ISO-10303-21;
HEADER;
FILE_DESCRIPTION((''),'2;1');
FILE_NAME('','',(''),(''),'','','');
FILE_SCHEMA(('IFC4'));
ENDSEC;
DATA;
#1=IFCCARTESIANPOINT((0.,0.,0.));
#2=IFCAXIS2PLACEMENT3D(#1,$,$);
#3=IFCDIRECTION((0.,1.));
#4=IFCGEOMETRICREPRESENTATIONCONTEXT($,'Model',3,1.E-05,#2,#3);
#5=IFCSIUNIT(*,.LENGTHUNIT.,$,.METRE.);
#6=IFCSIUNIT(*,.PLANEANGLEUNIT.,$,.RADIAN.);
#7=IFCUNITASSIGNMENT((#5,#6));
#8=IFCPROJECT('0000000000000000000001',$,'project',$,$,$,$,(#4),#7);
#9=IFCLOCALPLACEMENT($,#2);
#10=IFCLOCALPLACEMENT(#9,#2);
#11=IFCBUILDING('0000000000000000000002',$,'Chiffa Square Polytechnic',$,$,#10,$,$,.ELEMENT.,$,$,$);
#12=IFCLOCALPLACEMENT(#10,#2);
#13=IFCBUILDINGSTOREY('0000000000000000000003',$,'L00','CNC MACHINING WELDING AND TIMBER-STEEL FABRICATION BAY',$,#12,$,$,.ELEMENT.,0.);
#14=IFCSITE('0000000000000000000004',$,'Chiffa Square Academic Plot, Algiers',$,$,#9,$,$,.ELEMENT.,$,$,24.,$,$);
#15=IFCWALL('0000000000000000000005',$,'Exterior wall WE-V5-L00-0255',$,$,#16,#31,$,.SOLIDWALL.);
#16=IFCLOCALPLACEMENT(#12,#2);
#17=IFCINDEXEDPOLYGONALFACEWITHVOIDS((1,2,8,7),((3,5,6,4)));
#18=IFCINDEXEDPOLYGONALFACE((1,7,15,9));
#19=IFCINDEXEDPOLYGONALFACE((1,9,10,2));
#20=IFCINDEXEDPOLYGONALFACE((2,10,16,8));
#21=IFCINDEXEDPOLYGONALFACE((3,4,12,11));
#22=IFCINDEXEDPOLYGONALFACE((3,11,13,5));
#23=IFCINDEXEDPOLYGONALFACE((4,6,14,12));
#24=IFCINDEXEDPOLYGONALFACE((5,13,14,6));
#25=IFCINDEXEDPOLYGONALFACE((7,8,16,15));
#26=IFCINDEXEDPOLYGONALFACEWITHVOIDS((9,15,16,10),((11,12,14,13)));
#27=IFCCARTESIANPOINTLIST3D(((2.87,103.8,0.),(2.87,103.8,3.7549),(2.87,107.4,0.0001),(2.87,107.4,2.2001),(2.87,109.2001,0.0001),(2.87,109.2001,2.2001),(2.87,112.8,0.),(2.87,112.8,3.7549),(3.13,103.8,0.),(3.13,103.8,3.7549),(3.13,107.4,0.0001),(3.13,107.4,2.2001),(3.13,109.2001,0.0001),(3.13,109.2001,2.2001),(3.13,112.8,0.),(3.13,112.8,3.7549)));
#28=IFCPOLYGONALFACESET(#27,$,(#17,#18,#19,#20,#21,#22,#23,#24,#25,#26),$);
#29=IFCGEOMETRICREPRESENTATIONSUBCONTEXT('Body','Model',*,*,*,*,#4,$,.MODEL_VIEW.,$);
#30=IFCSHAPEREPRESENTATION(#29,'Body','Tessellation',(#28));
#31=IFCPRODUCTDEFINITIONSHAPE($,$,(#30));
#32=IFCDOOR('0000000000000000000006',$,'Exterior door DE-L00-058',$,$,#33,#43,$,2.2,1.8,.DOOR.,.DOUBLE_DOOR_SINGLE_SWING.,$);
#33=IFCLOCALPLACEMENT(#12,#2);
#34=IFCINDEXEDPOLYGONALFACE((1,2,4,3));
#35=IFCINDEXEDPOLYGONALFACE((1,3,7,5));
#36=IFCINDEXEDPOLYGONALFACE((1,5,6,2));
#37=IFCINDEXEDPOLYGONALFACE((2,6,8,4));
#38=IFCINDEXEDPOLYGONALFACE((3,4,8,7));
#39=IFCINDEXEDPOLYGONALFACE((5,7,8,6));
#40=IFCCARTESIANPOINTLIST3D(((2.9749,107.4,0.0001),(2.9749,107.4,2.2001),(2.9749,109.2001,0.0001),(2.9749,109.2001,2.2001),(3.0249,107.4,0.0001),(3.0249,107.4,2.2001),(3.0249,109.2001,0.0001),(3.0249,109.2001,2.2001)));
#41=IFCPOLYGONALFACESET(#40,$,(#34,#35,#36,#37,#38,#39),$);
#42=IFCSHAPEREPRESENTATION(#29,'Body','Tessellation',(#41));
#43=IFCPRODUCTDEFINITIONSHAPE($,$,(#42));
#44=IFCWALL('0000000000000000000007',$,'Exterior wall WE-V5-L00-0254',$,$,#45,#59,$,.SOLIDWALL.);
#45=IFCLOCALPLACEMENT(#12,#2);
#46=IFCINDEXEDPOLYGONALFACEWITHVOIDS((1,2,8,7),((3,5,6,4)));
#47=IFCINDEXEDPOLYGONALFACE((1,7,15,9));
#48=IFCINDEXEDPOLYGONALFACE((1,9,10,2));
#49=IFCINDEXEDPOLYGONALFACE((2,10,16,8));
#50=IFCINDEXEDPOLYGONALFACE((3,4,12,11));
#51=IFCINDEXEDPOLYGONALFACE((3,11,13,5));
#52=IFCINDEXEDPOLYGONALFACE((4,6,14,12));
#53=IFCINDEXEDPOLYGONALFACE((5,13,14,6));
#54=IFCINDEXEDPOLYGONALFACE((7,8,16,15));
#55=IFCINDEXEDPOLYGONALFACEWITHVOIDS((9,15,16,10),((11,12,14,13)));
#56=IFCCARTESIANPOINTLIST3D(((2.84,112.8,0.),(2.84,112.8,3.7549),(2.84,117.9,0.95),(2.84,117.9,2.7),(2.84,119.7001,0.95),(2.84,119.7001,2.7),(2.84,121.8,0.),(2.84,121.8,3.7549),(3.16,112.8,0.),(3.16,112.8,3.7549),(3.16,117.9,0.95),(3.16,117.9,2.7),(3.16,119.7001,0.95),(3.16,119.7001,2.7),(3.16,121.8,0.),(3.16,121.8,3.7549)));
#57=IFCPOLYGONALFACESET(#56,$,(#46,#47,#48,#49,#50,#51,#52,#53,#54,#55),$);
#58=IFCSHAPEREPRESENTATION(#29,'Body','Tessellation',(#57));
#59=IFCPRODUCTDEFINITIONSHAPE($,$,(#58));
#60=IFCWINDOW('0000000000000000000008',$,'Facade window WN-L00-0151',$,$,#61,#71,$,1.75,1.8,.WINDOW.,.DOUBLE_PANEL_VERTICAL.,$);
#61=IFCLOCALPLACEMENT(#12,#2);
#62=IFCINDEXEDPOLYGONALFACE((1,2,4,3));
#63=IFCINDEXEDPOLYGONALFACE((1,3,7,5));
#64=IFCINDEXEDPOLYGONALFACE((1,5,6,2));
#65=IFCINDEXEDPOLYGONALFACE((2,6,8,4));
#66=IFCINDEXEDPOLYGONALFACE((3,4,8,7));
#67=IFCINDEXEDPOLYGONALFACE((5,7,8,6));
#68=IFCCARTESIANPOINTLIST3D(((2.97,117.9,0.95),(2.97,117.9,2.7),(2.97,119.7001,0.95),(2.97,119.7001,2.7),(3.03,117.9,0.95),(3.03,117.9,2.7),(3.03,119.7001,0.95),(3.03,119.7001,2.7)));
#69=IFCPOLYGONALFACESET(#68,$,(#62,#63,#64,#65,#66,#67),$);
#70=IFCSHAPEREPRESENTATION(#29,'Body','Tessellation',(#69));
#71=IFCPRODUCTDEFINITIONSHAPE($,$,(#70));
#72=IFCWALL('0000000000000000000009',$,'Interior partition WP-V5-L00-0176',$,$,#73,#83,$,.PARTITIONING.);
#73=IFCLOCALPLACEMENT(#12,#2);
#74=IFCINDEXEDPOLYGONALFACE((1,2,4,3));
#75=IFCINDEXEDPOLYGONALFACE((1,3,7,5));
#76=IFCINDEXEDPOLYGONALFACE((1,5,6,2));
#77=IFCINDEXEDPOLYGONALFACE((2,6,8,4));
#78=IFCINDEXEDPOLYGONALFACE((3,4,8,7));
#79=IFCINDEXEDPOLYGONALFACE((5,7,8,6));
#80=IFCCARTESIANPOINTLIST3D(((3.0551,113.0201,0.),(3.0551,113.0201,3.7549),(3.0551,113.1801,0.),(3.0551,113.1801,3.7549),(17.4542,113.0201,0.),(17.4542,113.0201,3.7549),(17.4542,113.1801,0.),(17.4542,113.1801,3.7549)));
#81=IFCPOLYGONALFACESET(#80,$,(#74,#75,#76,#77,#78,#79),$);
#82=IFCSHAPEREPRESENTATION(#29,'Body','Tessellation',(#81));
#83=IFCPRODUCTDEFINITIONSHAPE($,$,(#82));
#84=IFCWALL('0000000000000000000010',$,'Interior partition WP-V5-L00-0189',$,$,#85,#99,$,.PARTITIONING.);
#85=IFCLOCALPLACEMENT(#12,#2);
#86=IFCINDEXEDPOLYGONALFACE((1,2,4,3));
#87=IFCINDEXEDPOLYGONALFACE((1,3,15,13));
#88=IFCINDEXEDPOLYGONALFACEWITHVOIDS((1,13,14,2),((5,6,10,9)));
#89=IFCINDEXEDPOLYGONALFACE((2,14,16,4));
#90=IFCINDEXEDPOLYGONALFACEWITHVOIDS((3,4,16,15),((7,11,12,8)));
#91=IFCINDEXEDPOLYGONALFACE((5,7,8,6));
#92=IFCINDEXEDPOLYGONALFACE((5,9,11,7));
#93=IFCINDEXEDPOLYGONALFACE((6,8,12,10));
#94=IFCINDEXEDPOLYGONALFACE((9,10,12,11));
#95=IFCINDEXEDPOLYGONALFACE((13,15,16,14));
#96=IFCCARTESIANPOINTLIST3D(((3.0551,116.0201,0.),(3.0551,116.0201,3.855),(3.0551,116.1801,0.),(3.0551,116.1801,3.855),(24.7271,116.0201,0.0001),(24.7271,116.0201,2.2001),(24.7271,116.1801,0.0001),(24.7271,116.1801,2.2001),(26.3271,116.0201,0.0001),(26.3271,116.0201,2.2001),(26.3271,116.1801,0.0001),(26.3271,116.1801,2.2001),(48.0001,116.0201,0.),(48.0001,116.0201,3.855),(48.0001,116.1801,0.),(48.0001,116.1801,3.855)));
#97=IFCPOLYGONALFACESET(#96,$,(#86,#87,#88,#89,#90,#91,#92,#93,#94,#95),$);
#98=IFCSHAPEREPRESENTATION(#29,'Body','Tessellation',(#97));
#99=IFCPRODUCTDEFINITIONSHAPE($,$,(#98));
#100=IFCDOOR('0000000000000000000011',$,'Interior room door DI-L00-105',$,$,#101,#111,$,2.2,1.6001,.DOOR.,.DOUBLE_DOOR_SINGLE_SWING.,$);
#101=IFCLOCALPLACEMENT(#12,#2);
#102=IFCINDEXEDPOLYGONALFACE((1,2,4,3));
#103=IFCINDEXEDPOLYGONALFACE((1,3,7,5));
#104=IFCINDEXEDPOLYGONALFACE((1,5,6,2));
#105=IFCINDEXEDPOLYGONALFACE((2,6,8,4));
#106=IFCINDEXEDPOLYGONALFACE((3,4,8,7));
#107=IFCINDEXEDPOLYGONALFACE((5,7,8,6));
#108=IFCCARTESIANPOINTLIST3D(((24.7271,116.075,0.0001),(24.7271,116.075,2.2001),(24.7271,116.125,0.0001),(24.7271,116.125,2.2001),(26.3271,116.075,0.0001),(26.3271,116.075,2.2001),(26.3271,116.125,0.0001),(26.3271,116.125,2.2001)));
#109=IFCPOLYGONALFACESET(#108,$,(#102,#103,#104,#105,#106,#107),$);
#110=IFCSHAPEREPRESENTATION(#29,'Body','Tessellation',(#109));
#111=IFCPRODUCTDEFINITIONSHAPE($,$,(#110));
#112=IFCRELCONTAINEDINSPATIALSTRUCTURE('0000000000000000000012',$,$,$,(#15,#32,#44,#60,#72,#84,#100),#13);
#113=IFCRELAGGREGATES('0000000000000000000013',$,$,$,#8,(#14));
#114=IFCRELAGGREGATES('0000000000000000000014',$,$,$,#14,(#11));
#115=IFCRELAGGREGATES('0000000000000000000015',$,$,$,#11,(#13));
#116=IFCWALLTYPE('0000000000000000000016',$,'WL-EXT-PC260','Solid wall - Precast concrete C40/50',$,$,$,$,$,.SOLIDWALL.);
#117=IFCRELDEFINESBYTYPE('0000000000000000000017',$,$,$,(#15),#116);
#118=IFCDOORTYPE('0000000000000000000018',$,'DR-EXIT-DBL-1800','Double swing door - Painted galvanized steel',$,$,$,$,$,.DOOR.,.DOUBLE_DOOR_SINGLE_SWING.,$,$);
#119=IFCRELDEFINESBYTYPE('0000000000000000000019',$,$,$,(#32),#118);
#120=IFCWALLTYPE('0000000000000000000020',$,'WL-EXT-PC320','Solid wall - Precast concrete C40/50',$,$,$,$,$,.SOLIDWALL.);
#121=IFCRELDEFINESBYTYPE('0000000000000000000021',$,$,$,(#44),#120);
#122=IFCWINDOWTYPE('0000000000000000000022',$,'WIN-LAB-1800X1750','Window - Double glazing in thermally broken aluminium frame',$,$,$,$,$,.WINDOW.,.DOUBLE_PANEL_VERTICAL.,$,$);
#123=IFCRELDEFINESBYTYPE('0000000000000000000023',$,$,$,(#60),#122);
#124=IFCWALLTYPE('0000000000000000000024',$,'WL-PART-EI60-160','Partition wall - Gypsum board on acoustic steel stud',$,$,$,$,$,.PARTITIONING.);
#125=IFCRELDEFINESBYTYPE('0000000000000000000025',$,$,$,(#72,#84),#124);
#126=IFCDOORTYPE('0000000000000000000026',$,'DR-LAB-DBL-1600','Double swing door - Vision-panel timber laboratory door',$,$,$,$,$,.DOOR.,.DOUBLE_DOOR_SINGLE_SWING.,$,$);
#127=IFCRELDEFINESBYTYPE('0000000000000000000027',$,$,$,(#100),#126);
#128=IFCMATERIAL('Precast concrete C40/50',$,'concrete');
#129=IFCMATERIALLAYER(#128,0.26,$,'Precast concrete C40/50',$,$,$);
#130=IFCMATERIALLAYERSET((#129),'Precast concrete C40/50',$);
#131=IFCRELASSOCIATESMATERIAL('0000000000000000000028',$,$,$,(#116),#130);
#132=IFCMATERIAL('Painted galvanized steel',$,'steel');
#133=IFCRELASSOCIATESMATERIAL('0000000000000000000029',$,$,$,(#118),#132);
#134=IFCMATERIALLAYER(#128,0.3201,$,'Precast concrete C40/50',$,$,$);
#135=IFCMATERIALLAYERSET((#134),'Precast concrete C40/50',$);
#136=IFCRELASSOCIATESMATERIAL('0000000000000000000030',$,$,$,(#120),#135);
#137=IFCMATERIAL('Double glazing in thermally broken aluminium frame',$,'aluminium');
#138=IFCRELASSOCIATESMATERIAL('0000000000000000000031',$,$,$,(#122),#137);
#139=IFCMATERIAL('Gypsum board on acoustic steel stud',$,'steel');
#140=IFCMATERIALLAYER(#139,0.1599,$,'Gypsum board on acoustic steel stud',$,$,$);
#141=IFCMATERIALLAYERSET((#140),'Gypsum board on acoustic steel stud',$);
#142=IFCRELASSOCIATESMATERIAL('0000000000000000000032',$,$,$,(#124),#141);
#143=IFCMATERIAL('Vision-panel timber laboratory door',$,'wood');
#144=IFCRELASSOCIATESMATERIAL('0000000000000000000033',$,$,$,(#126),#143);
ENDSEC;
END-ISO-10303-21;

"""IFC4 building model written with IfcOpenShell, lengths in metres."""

from ifc_helpers import new_model, si_unit, direction, frame, frame_2d, origin, place, context, subcontext, project, spatial, rectangle, extrude, material, layer, layer_set, type_object, element, fill, save


model = new_model("IFC4")

# Units and contexts
model_context = context("Model", 3, precision=1e-05, world=origin(), true_north=direction((0.0, 1.0)))
body_context = subcontext(model_context, "Body", "Model", "MODEL_VIEW")
ifc_project = project(units=[si_unit("LENGTHUNIT", "METRE"), si_unit("PLANEANGLEUNIT", "RADIAN")], contexts=[model_context])

# Site, building, storey
site_placement = place(None, origin())
site = spatial("IfcSite", under=ifc_project, at=site_placement, Name="Chiffa Square Academic Plot, Algiers", CompositionType="ELEMENT", RefElevation=24.0)
building_placement = place(site_placement, origin())
building = spatial("IfcBuilding", under=site, at=building_placement, Name="Chiffa Square Polytechnic", CompositionType="ELEMENT")
storey_placement = place(building_placement, origin())
storey = spatial("IfcBuildingStorey", under=building, at=storey_placement, Name="L00", Description="CNC MACHINING WELDING AND TIMBER-STEEL FABRICATION BAY", CompositionType="ELEMENT", Elevation=0.0)

# Wall, opening, door
ifc_material_1 = material(Name="Precast concrete C40/50", Category="concrete")
ifc_layer_1 = layer(ifc_material_1, 0.26, Name="Precast concrete C40/50")
ifc_layer_set_1 = layer_set([ifc_layer_1], Name="Precast concrete C40/50")
wall_type_1 = type_object("IfcWallType", Name="WL-EXT-PC260", Description="Solid wall - Precast concrete C40/50", PredefinedType="SOLIDWALL", material=ifc_layer_set_1)
wall_1_placement = place(storey_placement, frame((3.0, 112.8, 0.0), z_axis=(0.0, 0.0, 1.0), x_axis=(0.0, -1.0, 0.0)))
wall_1 = element("IfcWall", 1, at=wall_1_placement, inside=storey, type_object=wall_type_1, Name="Exterior wall WE-V5-L00-0255", PredefinedType="SOLIDWALL", context=body_context, shape_type="SweptSolid", body=[
    extrude(rectangle(XDim=9.0, YDim=0.26, at=frame_2d((4.5, 0.0))), origin(), (0.0, 0.0, 1.0), 3.7549),
])
opening_1_placement = place(wall_1_placement, frame((3.6001, 0.0, 0.0)))
opening_1 = element("IfcOpeningElement", 2, at=opening_1_placement, cuts=wall_1, PredefinedType="OPENING", context=body_context, shape_type="SweptSolid", body=[
    extrude(rectangle(XDim=1.8, YDim=2.2, at=frame_2d((0.8999, 1.1001))), frame((0.0, 0.1401, 0.0), z_axis=(0.0, -1.0, 0.0), x_axis=(1.0, 0.0, 0.0)), (0.0, 0.0, 1.0), 0.28),
])
ifc_material_2 = material(Name="Painted galvanized steel", Category="steel")
door_type_1 = type_object("IfcDoorType", Name="DR-EXIT-DBL-1800", Description="Double swing door - Painted galvanized steel", OperationType="DOUBLE_DOOR_SINGLE_SWING", PredefinedType="DOOR", material=ifc_material_2)
door_1_placement = place(opening_1_placement, origin())
door_1 = element("IfcDoor", 3, at=door_1_placement, inside=storey, type_object=door_type_1, Name="Exterior door DE-L00-058", OperationType="DOUBLE_DOOR_SINGLE_SWING", OverallHeight=2.2, OverallWidth=1.8, PredefinedType="DOOR", context=body_context, shape_type="SweptSolid", body=[
    extrude(rectangle(XDim=1.8, YDim=2.2, at=frame_2d((0.8999, 1.1001))), frame((0.0, 0.0249, 0.0), z_axis=(0.0, -1.0, 0.0), x_axis=(1.0, 0.0, 0.0)), (0.0, 0.0, 1.0), 0.05),
])
fill(opening_1, door_1)

# Wall, opening, window
ifc_layer_2 = layer(ifc_material_1, 0.3201, Name="Precast concrete C40/50")
ifc_layer_set_2 = layer_set([ifc_layer_2], Name="Precast concrete C40/50")
wall_type_2 = type_object("IfcWallType", Name="WL-EXT-PC320", Description="Solid wall - Precast concrete C40/50", PredefinedType="SOLIDWALL", material=ifc_layer_set_2)
wall_2_placement = place(storey_placement, frame((3.0, 121.8, 0.0), z_axis=(0.0, 0.0, 1.0), x_axis=(0.0, -1.0, 0.0)))
wall_2 = element("IfcWall", 4, at=wall_2_placement, inside=storey, type_object=wall_type_2, Name="Exterior wall WE-V5-L00-0254", PredefinedType="SOLIDWALL", context=body_context, shape_type="SweptSolid", body=[
    extrude(rectangle(XDim=9.0, YDim=0.3201, at=frame_2d((4.5, 0.0))), origin(), (0.0, 0.0, 1.0), 3.7549),
])
opening_2_placement = place(wall_2_placement, frame((2.1001, 0.0, 0.95)))
opening_2 = element("IfcOpeningElement", 5, at=opening_2_placement, cuts=wall_2, PredefinedType="OPENING", context=body_context, shape_type="SweptSolid", body=[
    extrude(rectangle(XDim=1.8, YDim=1.75, at=frame_2d((0.8999, 0.875))), frame((0.0, 0.1699, 0.0), z_axis=(0.0, -1.0, 0.0), x_axis=(1.0, 0.0, 0.0)), (0.0, 0.0, 1.0), 0.3401),
])
ifc_material_3 = material(Name="Double glazing in thermally broken aluminium frame", Category="aluminium")
window_type = type_object("IfcWindowType", Name="WIN-LAB-1800X1750", Description="Window - Double glazing in thermally broken aluminium frame", PartitioningType="DOUBLE_PANEL_VERTICAL", PredefinedType="WINDOW", material=ifc_material_3)
window_placement = place(opening_2_placement, origin())
window = element("IfcWindow", 6, at=window_placement, inside=storey, type_object=window_type, Name="Facade window WN-L00-0151", OverallHeight=1.75, OverallWidth=1.8, PartitioningType="DOUBLE_PANEL_VERTICAL", PredefinedType="WINDOW", context=body_context, shape_type="SweptSolid", body=[
    extrude(rectangle(XDim=1.8, YDim=1.75, at=frame_2d((0.8999, 0.875))), frame((0.0, 0.03, 0.0), z_axis=(0.0, -1.0, 0.0), x_axis=(1.0, 0.0, 0.0)), (0.0, 0.0, 1.0), 0.0601),
])
fill(opening_2, window)

# Wall
ifc_material_4 = material(Name="Gypsum board on acoustic steel stud", Category="steel")
ifc_layer_3 = layer(ifc_material_4, 0.1599, Name="Gypsum board on acoustic steel stud")
ifc_layer_set_3 = layer_set([ifc_layer_3], Name="Gypsum board on acoustic steel stud")
wall_type_3 = type_object("IfcWallType", Name="WL-PART-EI60-160", Description="Partition wall - Gypsum board on acoustic steel stud", PredefinedType="PARTITIONING", material=ifc_layer_set_3)
wall_3_placement = place(storey_placement, frame((3.0549, 113.1001, 0.0), z_axis=(0.0, 0.0, 1.0), x_axis=(1.0, 0.0, 0.0)))
element("IfcWall", 7, at=wall_3_placement, inside=storey, type_object=wall_type_3, Name="Interior partition WP-V5-L00-0176", PredefinedType="PARTITIONING", context=body_context, shape_type="SweptSolid", body=[
    extrude(rectangle(XDim=14.3992, YDim=0.1599, at=frame_2d((7.1997, 0.0))), origin(), (0.0, 0.0, 1.0), 3.7549),
])

# Wall, opening, door
wall_4_placement = place(storey_placement, frame((3.0549, 116.1001, 0.0), z_axis=(0.0, 0.0, 1.0), x_axis=(1.0, 0.0, 0.0)))
wall_4 = element("IfcWall", 8, at=wall_4_placement, inside=storey, type_object=wall_type_3, Name="Interior partition WP-V5-L00-0189", PredefinedType="PARTITIONING", context=body_context, shape_type="SweptSolid", body=[
    extrude(rectangle(XDim=44.9451, YDim=0.1599, at=frame_2d((22.4727, 0.0))), origin(), (0.0, 0.0, 1.0), 3.855),
])
opening_3_placement = place(wall_4_placement, frame((21.6721, 0.0, 0.0)))
opening_3 = element("IfcOpeningElement", 9, at=opening_3_placement, cuts=wall_4, PredefinedType="OPENING", context=body_context, shape_type="SweptSolid", body=[
    extrude(rectangle(XDim=1.6001, YDim=2.2, at=frame_2d((0.8, 1.1001))), frame((0.0, 0.0898, 0.0), z_axis=(0.0, -1.0, 0.0), x_axis=(1.0, 0.0, 0.0)), (0.0, 0.0, 1.0), 0.1799),
])
ifc_material_5 = material(Name="Vision-panel timber laboratory door", Category="wood")
door_type_2 = type_object("IfcDoorType", Name="DR-LAB-DBL-1600", Description="Double swing door - Vision-panel timber laboratory door", OperationType="DOUBLE_DOOR_SINGLE_SWING", PredefinedType="DOOR", material=ifc_material_5)
door_2_placement = place(opening_3_placement, origin())
door_2 = element("IfcDoor", 10, at=door_2_placement, inside=storey, type_object=door_type_2, Name="Interior room door DI-L00-105", OperationType="DOUBLE_DOOR_SINGLE_SWING", OverallHeight=2.2, OverallWidth=1.6001, PredefinedType="DOOR", context=body_context, shape_type="SweptSolid", body=[
    extrude(rectangle(XDim=1.6001, YDim=2.2, at=frame_2d((0.8, 1.1001))), frame((0.0, 0.0249, 0.0), z_axis=(0.0, -1.0, 0.0), x_axis=(1.0, 0.0, 0.0)), (0.0, 0.0, 1.0), 0.05),
])
fill(opening_3, door_2)

save(model, "model.ifc")
